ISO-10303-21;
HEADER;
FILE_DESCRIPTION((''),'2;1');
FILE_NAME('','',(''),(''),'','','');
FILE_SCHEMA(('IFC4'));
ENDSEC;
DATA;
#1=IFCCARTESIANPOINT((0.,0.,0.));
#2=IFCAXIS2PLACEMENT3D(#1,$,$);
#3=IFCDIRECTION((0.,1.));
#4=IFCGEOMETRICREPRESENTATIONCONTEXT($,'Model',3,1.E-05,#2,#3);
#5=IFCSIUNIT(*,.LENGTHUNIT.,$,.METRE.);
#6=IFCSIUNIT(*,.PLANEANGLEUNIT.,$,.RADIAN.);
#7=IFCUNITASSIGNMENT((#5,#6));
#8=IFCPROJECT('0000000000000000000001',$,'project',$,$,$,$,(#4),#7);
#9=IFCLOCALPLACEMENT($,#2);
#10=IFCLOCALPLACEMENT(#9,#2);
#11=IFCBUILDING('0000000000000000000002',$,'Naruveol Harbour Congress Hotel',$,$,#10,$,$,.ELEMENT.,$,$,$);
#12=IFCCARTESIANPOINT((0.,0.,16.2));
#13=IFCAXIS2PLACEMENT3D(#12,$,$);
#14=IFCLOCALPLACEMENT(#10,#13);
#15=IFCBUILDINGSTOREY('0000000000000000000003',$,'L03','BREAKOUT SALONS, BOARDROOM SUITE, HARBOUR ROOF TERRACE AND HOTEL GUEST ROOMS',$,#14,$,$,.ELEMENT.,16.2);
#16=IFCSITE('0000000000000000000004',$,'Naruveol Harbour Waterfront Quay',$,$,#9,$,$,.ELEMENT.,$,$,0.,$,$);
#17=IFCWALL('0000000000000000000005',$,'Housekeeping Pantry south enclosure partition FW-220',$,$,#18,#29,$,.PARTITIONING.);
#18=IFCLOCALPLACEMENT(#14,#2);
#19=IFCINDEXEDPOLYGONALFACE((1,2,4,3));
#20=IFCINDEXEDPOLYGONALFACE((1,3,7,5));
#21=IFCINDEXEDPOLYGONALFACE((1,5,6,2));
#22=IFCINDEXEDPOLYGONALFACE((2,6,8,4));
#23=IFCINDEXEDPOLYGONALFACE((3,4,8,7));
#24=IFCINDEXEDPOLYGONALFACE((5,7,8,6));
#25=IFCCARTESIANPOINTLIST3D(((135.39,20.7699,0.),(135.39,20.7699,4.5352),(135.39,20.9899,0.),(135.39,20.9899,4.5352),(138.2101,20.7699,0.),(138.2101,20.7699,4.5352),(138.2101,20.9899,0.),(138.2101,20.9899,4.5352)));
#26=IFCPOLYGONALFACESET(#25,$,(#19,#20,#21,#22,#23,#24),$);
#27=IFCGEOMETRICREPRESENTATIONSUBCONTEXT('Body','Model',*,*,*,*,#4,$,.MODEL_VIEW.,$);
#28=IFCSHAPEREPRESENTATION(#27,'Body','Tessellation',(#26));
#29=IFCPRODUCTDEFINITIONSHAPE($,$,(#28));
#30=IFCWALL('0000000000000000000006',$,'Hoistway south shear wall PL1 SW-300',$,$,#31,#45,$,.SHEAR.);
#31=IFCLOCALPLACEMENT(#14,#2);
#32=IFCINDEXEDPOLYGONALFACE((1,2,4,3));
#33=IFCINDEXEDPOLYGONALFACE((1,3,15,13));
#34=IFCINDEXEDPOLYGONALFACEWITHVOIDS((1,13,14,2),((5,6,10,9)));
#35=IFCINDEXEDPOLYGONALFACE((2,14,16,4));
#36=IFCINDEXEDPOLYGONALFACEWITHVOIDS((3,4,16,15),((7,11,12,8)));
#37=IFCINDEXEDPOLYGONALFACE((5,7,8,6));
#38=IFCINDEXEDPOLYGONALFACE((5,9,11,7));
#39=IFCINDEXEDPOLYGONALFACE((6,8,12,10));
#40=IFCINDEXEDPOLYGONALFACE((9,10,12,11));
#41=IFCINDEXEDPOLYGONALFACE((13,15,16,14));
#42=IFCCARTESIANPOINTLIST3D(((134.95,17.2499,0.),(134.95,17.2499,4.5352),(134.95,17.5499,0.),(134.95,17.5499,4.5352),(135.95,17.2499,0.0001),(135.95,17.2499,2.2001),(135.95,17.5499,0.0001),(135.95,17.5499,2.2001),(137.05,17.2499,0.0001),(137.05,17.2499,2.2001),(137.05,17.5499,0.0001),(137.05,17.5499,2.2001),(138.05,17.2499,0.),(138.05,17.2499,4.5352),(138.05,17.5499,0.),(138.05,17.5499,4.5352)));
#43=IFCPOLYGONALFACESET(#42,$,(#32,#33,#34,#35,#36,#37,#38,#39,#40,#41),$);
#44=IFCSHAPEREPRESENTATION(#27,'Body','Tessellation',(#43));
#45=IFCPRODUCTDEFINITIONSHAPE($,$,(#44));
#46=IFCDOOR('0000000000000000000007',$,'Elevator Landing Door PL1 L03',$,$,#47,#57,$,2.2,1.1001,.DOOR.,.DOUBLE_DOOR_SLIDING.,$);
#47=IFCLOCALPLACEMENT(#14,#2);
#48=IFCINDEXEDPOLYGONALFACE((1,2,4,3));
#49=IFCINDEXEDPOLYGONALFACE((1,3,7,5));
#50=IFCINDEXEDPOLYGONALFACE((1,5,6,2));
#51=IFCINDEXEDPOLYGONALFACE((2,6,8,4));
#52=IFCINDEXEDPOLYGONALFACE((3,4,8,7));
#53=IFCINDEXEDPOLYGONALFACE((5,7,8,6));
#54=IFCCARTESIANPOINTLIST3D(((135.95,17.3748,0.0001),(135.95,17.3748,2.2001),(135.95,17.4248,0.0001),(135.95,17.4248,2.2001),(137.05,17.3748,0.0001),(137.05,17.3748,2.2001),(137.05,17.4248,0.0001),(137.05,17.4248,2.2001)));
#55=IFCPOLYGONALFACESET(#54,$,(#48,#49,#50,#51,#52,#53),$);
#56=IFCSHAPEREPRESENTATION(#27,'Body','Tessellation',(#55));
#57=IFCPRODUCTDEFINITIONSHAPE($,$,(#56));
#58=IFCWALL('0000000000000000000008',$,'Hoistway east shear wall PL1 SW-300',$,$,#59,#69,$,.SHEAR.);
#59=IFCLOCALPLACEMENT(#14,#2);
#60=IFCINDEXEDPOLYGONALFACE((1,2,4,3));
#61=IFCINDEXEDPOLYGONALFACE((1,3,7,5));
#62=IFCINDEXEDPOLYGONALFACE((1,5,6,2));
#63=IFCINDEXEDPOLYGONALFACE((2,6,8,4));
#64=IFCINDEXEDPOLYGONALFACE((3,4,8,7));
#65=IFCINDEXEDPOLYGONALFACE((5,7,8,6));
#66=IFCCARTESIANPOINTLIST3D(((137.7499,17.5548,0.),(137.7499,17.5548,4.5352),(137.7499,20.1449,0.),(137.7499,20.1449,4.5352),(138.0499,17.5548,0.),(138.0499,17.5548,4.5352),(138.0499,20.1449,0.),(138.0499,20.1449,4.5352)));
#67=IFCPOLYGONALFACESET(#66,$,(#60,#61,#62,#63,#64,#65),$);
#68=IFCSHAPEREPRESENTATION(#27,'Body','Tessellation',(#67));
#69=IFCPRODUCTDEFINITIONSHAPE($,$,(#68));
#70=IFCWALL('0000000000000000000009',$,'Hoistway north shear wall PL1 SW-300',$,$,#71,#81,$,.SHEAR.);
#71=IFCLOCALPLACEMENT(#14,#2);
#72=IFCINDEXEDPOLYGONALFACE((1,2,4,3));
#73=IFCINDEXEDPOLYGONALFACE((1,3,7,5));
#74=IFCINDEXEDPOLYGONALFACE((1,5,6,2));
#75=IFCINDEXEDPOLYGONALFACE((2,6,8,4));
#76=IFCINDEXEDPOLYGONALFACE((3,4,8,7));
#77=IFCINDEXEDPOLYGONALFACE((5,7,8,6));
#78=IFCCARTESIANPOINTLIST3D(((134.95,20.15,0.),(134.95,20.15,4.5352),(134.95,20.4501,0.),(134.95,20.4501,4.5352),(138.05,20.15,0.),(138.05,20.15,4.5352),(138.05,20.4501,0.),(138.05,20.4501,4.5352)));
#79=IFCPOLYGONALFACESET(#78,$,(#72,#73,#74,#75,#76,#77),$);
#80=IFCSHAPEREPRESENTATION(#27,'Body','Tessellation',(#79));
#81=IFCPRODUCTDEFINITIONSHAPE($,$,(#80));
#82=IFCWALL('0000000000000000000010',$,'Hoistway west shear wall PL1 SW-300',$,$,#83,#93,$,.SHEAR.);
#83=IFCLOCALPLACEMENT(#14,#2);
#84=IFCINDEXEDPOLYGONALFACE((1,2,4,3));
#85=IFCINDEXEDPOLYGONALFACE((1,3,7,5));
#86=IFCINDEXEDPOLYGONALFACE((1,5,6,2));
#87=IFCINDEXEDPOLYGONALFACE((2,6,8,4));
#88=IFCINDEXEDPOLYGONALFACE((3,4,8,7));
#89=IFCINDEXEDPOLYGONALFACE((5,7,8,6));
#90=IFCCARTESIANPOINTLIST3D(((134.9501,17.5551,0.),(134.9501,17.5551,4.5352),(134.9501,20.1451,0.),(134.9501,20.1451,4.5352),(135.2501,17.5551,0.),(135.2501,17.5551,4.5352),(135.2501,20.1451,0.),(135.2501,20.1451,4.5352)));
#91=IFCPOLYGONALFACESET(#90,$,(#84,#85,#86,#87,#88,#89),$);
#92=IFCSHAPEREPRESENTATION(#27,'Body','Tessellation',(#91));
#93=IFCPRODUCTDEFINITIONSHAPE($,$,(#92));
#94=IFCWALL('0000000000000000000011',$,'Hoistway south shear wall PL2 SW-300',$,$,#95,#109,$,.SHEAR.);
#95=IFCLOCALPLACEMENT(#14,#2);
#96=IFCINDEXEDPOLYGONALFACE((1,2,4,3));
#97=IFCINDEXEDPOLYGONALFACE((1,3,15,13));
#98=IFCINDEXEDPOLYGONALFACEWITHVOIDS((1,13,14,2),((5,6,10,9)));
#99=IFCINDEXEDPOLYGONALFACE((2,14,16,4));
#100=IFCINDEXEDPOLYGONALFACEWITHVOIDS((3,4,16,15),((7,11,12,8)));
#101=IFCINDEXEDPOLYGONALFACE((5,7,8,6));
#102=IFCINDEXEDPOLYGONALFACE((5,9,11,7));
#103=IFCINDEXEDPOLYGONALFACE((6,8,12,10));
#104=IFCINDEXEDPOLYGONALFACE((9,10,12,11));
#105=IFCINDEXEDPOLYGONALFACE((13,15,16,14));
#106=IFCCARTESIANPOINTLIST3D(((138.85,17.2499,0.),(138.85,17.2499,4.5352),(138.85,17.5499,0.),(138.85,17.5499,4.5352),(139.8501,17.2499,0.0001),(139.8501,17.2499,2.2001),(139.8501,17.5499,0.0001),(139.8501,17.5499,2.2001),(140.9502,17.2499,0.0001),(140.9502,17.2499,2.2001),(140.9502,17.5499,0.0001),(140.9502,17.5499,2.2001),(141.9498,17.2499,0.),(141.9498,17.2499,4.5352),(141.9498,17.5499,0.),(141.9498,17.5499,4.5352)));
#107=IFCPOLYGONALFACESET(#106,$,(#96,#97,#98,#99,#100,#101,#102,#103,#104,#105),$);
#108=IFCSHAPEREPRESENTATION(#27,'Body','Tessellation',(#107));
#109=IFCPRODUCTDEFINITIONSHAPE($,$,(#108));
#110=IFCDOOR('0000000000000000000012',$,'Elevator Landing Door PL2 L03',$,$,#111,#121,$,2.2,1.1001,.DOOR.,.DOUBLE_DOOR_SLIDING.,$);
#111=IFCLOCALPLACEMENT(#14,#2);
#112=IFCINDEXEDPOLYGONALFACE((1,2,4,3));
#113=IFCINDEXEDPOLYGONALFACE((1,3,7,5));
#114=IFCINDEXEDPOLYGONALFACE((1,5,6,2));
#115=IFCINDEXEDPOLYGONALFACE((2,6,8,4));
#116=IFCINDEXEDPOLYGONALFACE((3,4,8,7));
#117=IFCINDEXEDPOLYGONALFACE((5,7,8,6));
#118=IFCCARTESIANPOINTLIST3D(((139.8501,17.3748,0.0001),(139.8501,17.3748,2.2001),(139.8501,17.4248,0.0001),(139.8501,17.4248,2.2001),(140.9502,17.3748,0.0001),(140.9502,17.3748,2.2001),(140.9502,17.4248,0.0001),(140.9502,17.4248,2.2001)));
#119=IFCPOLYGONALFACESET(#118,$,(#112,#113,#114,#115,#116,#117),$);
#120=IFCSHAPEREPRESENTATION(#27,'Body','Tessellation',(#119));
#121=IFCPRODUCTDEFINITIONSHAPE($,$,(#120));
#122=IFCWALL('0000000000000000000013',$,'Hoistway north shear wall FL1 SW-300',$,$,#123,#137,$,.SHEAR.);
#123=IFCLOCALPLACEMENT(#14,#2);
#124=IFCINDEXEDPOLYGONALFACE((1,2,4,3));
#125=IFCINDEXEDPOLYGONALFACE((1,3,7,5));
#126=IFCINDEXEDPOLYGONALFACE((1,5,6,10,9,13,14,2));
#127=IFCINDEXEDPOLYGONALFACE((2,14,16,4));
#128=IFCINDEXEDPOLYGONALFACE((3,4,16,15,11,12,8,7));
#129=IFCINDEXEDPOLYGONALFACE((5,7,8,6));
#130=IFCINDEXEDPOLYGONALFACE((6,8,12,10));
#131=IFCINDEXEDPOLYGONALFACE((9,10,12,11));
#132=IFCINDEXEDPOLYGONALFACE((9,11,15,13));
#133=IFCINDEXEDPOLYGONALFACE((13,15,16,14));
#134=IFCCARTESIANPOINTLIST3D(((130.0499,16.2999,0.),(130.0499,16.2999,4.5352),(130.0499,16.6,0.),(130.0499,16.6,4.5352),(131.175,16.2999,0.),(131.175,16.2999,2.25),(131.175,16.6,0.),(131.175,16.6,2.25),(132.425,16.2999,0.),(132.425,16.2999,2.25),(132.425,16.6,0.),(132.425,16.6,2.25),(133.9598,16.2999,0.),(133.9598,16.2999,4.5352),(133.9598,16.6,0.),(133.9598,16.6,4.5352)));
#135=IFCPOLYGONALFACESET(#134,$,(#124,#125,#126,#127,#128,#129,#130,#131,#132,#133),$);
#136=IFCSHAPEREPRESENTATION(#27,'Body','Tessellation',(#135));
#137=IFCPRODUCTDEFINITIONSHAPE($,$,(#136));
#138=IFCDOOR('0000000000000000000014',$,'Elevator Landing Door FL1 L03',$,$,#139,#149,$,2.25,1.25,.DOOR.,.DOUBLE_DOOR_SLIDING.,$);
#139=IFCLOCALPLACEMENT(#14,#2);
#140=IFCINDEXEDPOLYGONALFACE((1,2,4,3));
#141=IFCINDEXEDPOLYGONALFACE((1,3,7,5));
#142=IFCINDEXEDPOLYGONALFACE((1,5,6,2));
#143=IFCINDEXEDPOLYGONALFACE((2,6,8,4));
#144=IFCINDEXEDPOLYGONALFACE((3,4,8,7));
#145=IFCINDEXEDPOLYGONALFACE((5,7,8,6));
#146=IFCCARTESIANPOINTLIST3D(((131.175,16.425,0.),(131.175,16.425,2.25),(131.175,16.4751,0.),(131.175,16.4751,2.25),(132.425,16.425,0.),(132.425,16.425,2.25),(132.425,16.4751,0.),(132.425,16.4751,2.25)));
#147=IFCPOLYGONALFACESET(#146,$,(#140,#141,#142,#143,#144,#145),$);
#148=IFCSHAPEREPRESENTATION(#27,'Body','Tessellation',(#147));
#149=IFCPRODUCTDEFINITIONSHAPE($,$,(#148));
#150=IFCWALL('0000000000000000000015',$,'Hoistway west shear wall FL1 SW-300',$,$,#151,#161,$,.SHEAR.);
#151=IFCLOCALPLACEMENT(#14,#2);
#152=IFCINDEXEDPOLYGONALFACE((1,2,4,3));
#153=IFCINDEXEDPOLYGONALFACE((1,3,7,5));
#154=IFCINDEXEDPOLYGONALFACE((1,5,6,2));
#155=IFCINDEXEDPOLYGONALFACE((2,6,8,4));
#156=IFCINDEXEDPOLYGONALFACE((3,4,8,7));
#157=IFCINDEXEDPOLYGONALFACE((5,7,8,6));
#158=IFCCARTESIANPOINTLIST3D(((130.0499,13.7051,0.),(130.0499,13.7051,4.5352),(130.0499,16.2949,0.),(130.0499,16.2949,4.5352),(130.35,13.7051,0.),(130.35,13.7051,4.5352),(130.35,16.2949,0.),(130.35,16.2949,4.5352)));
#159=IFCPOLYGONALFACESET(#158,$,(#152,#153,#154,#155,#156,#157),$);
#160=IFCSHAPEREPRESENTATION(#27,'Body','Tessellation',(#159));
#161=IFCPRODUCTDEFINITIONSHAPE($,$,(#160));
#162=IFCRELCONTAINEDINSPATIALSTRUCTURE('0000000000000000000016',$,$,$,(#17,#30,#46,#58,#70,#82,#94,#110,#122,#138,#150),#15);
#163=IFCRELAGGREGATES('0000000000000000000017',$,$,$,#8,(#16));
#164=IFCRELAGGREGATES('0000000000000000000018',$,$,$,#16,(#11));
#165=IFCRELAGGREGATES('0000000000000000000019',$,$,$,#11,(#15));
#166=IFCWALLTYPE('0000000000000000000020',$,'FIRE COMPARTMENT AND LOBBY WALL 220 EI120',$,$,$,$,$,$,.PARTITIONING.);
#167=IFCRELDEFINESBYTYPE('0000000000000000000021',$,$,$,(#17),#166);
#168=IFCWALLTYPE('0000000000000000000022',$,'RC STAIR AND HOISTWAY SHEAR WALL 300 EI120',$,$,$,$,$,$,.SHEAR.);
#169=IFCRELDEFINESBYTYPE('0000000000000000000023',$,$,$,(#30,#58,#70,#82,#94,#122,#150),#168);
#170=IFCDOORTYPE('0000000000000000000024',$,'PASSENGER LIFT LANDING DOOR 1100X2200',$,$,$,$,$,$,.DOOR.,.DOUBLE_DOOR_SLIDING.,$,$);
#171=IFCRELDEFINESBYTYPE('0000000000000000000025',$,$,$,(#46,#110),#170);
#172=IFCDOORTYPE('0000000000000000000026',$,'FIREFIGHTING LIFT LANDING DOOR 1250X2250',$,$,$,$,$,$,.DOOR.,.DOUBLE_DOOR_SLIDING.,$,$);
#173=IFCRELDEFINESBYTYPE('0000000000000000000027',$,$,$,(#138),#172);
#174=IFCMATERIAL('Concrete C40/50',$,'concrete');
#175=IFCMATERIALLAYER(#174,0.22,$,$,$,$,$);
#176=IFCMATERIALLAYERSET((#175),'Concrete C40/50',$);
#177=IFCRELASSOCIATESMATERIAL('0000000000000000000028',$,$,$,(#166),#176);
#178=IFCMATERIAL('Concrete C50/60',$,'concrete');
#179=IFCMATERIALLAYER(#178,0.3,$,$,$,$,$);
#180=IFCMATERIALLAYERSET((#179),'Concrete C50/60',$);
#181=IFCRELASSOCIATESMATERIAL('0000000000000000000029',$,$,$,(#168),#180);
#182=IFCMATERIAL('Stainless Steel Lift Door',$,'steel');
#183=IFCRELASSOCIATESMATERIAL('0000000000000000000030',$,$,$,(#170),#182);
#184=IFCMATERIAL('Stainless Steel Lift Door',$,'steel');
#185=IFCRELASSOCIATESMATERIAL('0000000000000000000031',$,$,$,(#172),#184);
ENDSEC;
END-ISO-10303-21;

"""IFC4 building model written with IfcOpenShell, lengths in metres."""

from ifc_helpers import new_model, si_unit, direction, frame, frame_2d, origin, place, context, subcontext, project, spatial, rectangle, extrude, material, layer, layer_set, type_object, element, fill, save


model = new_model("IFC4")

# Units and contexts
model_context = context("Model", 3, precision=1e-05, world=origin(), true_north=direction((0.0, 1.0)))
body_context = subcontext(model_context, "Body", "Model", "MODEL_VIEW")
ifc_project = project(units=[si_unit("LENGTHUNIT", "METRE"), si_unit("PLANEANGLEUNIT", "RADIAN")], contexts=[model_context])

# Site, building, storey
site_placement = place(None, origin())
site = spatial("IfcSite", under=ifc_project, at=site_placement, Name="Naruveol Harbour Waterfront Quay", CompositionType="ELEMENT", RefElevation=0.0)
building_placement = place(site_placement, origin())
building = spatial("IfcBuilding", under=site, at=building_placement, Name="Naruveol Harbour Congress Hotel", CompositionType="ELEMENT")
storey_placement = place(building_placement, frame((0.0, 0.0, 16.2)))
storey = spatial("IfcBuildingStorey", under=building, at=storey_placement, Name="L03", Description="BREAKOUT SALONS, BOARDROOM SUITE, HARBOUR ROOF TERRACE AND HOTEL GUEST ROOMS", CompositionType="ELEMENT", Elevation=16.2)

# Shared definitions
ifc_material_1 = material(Name="Concrete C40/50", Category="concrete")
ifc_layer_1 = layer(ifc_material_1, 0.22)
ifc_layer_set_1 = layer_set([ifc_layer_1], Name="Concrete C40/50")
wall_type_1 = type_object("IfcWallType", Name="FIRE COMPARTMENT AND LOBBY WALL 220 EI120", PredefinedType="PARTITIONING", material=ifc_layer_set_1)

# Wall
wall_1_placement = place(storey_placement, frame((135.3899, 20.8799, 0.0), z_axis=(0.0, 0.0, 1.0), x_axis=(1.0, 0.0, 0.0)))
element("IfcWall", 1, at=wall_1_placement, inside=storey, type_object=wall_type_1, Name="Housekeeping Pantry south enclosure partition FW-220", PredefinedType="PARTITIONING", context=body_context, shape_type="SweptSolid", body=[
    extrude(rectangle(XDim=2.8201, YDim=0.22, at=frame_2d((1.4102, 0.0))), origin(), (0.0, 0.0, 1.0), 4.5352),
])

# Wall, opening, door
ifc_material_2 = material(Name="Concrete C50/60", Category="concrete")
ifc_layer_2 = layer(ifc_material_2, 0.3)
ifc_layer_set_2 = layer_set([ifc_layer_2], Name="Concrete C50/60")
wall_type_2 = type_object("IfcWallType", Name="RC STAIR AND HOISTWAY SHEAR WALL 300 EI120", PredefinedType="SHEAR", material=ifc_layer_set_2)
wall_2_placement = place(storey_placement, frame((134.95, 17.3999, 0.0), z_axis=(0.0, 0.0, 1.0), x_axis=(1.0, 0.0, 0.0)))
wall_2 = element("IfcWall", 2, at=wall_2_placement, inside=storey, type_object=wall_type_2, Name="Hoistway south shear wall PL1 SW-300", PredefinedType="SHEAR", context=body_context, shape_type="SweptSolid", body=[
    extrude(rectangle(XDim=3.1001, YDim=0.3, at=frame_2d((1.55, 0.0))), origin(), (0.0, 0.0, 1.0), 4.5352),
])
opening_1_placement = place(wall_2_placement, frame((1.0, 0.0, 0.0)))
opening_1 = element("IfcOpeningElement", 3, at=opening_1_placement, cuts=wall_2, PredefinedType="OPENING", context=body_context, shape_type="SweptSolid", body=[
    extrude(rectangle(XDim=1.1001, YDim=2.2, at=frame_2d((0.55, 1.1001))), frame((0.0, 0.1599, 0.0), z_axis=(0.0, -1.0, 0.0), x_axis=(1.0, 0.0, 0.0)), (0.0, 0.0, 1.0), 0.3201),
])
ifc_material_3 = material(Name="Stainless Steel Lift Door", Category="steel")
door_type_1 = type_object("IfcDoorType", Name="PASSENGER LIFT LANDING DOOR 1100X2200", OperationType="DOUBLE_DOOR_SLIDING", PredefinedType="DOOR", material=ifc_material_3)
door_1_placement = place(opening_1_placement, origin())
door_1 = element("IfcDoor", 4, at=door_1_placement, inside=storey, type_object=door_type_1, Name="Elevator Landing Door PL1 L03", OperationType="DOUBLE_DOOR_SLIDING", OverallHeight=2.2, OverallWidth=1.1001, PredefinedType="DOOR", context=body_context, shape_type="SweptSolid", body=[
    extrude(rectangle(XDim=1.1001, YDim=2.2, at=frame_2d((0.55, 1.1001))), frame((0.0, 0.0249, 0.0), z_axis=(0.0, -1.0, 0.0), x_axis=(1.0, 0.0, 0.0)), (0.0, 0.0, 1.0), 0.05),
])
fill(opening_1, door_1)

# Walls
wall_3_placement = place(storey_placement, frame((137.8999, 17.5549, 0.0), z_axis=(0.0, 0.0, 1.0), x_axis=(0.0, 1.0, 0.0)))
element("IfcWall", 5, at=wall_3_placement, inside=storey, type_object=wall_type_2, Name="Hoistway east shear wall PL1 SW-300", PredefinedType="SHEAR", context=body_context, shape_type="SweptSolid", body=[
    extrude(rectangle(XDim=2.5901, YDim=0.3, at=frame_2d((1.2949, 0.0))), origin(), (0.0, 0.0, 1.0), 4.5352),
])
wall_4_placement = place(storey_placement, frame((138.05, 20.3, 0.0), z_axis=(0.0, 0.0, 1.0), x_axis=(-1.0, 0.0, 0.0)))
element("IfcWall", 6, at=wall_4_placement, inside=storey, type_object=wall_type_2, Name="Hoistway north shear wall PL1 SW-300", PredefinedType="SHEAR", context=body_context, shape_type="SweptSolid", body=[
    extrude(rectangle(XDim=3.1001, YDim=0.3, at=frame_2d((1.55, 0.0))), origin(), (0.0, 0.0, 1.0), 4.5352),
])
wall_5_placement = place(storey_placement, frame((135.1001, 20.145, 0.0), z_axis=(0.0, 0.0, 1.0), x_axis=(0.0, -1.0, 0.0)))
element("IfcWall", 7, at=wall_5_placement, inside=storey, type_object=wall_type_2, Name="Hoistway west shear wall PL1 SW-300", PredefinedType="SHEAR", context=body_context, shape_type="SweptSolid", body=[
    extrude(rectangle(XDim=2.5901, YDim=0.3, at=frame_2d((1.2949, 0.0))), origin(), (0.0, 0.0, 1.0), 4.5352),
])

# Walls, openings, doors
wall_6_placement = place(storey_placement, frame((138.8501, 17.3999, 0.0), z_axis=(0.0, 0.0, 1.0), x_axis=(1.0, 0.0, 0.0)))
wall_6 = element("IfcWall", 8, at=wall_6_placement, inside=storey, type_object=wall_type_2, Name="Hoistway south shear wall PL2 SW-300", PredefinedType="SHEAR", context=body_context, shape_type="SweptSolid", body=[
    extrude(rectangle(XDim=3.0999, YDim=0.3, at=frame_2d((1.5498, 0.0))), origin(), (0.0, 0.0, 1.0), 4.5352),
])
opening_2_placement = place(wall_6_placement, frame((1.0, 0.0, 0.0)))
opening_2 = element("IfcOpeningElement", 9, at=opening_2_placement, cuts=wall_6, PredefinedType="OPENING", context=body_context, shape_type="SweptSolid", body=[
    extrude(rectangle(XDim=1.1001, YDim=2.2, at=frame_2d((0.55, 1.1001))), frame((0.0, 0.1599, 0.0), z_axis=(0.0, -1.0, 0.0), x_axis=(1.0, 0.0, 0.0)), (0.0, 0.0, 1.0), 0.3201),
])
door_2_placement = place(opening_2_placement, origin())
door_2 = element("IfcDoor", 10, at=door_2_placement, inside=storey, type_object=door_type_1, Name="Elevator Landing Door PL2 L03", OperationType="DOUBLE_DOOR_SLIDING", OverallHeight=2.2, OverallWidth=1.1001, PredefinedType="DOOR", context=body_context, shape_type="SweptSolid", body=[
    extrude(rectangle(XDim=1.1001, YDim=2.2, at=frame_2d((0.55, 1.1001))), frame((0.0, 0.0249, 0.0), z_axis=(0.0, -1.0, 0.0), x_axis=(1.0, 0.0, 0.0)), (0.0, 0.0, 1.0), 0.05),
])
fill(opening_2, door_2)
wall_7_placement = place(storey_placement, frame((133.96, 16.45, 0.0), z_axis=(0.0, 0.0, 1.0), x_axis=(-1.0, 0.0, 0.0)))
wall_7 = element("IfcWall", 11, at=wall_7_placement, inside=storey, type_object=wall_type_2, Name="Hoistway north shear wall FL1 SW-300", PredefinedType="SHEAR", context=body_context, shape_type="SweptSolid", body=[
    extrude(rectangle(XDim=3.9099, YDim=0.3, at=frame_2d((1.9551, 0.0))), origin(), (0.0, 0.0, 1.0), 4.5352),
])
opening_3_placement = place(wall_7_placement, frame((1.5349, 0.0, 0.0)))
opening_3 = element("IfcOpeningElement", 12, at=opening_3_placement, cuts=wall_7, PredefinedType="OPENING", context=body_context, shape_type="SweptSolid", body=[
    extrude(rectangle(XDim=1.25, YDim=2.25, at=frame_2d((0.625, 1.125))), frame((0.0, 0.1599, 0.0), z_axis=(0.0, -1.0, 0.0), x_axis=(1.0, 0.0, 0.0)), (0.0, 0.0, 1.0), 0.3201),
])
ifc_material_4 = material(Name="Stainless Steel Lift Door", Category="steel")
door_type_2 = type_object("IfcDoorType", Name="FIREFIGHTING LIFT LANDING DOOR 1250X2250", OperationType="DOUBLE_DOOR_SLIDING", PredefinedType="DOOR", material=ifc_material_4)
door_3_placement = place(opening_3_placement, origin())
door_3 = element("IfcDoor", 13, at=door_3_placement, inside=storey, type_object=door_type_2, Name="Elevator Landing Door FL1 L03", OperationType="DOUBLE_DOOR_SLIDING", OverallHeight=2.25, OverallWidth=1.25, PredefinedType="DOOR", context=body_context, shape_type="SweptSolid", body=[
    extrude(rectangle(XDim=1.25, YDim=2.25, at=frame_2d((0.625, 1.125))), frame((0.0, 0.0249, 0.0), z_axis=(0.0, -1.0, 0.0), x_axis=(1.0, 0.0, 0.0)), (0.0, 0.0, 1.0), 0.05),
])
fill(opening_3, door_3)

# Wall
wall_8_placement = place(storey_placement, frame((130.2, 16.2949, 0.0), z_axis=(0.0, 0.0, 1.0), x_axis=(0.0, -1.0, 0.0)))
element("IfcWall", 14, at=wall_8_placement, inside=storey, type_object=wall_type_2, Name="Hoistway west shear wall FL1 SW-300", PredefinedType="SHEAR", context=body_context, shape_type="SweptSolid", body=[
    extrude(rectangle(XDim=2.5898, YDim=0.3, at=frame_2d((1.2949, 0.0))), origin(), (0.0, 0.0, 1.0), 4.5352),
])

save(model, "model.ifc")
